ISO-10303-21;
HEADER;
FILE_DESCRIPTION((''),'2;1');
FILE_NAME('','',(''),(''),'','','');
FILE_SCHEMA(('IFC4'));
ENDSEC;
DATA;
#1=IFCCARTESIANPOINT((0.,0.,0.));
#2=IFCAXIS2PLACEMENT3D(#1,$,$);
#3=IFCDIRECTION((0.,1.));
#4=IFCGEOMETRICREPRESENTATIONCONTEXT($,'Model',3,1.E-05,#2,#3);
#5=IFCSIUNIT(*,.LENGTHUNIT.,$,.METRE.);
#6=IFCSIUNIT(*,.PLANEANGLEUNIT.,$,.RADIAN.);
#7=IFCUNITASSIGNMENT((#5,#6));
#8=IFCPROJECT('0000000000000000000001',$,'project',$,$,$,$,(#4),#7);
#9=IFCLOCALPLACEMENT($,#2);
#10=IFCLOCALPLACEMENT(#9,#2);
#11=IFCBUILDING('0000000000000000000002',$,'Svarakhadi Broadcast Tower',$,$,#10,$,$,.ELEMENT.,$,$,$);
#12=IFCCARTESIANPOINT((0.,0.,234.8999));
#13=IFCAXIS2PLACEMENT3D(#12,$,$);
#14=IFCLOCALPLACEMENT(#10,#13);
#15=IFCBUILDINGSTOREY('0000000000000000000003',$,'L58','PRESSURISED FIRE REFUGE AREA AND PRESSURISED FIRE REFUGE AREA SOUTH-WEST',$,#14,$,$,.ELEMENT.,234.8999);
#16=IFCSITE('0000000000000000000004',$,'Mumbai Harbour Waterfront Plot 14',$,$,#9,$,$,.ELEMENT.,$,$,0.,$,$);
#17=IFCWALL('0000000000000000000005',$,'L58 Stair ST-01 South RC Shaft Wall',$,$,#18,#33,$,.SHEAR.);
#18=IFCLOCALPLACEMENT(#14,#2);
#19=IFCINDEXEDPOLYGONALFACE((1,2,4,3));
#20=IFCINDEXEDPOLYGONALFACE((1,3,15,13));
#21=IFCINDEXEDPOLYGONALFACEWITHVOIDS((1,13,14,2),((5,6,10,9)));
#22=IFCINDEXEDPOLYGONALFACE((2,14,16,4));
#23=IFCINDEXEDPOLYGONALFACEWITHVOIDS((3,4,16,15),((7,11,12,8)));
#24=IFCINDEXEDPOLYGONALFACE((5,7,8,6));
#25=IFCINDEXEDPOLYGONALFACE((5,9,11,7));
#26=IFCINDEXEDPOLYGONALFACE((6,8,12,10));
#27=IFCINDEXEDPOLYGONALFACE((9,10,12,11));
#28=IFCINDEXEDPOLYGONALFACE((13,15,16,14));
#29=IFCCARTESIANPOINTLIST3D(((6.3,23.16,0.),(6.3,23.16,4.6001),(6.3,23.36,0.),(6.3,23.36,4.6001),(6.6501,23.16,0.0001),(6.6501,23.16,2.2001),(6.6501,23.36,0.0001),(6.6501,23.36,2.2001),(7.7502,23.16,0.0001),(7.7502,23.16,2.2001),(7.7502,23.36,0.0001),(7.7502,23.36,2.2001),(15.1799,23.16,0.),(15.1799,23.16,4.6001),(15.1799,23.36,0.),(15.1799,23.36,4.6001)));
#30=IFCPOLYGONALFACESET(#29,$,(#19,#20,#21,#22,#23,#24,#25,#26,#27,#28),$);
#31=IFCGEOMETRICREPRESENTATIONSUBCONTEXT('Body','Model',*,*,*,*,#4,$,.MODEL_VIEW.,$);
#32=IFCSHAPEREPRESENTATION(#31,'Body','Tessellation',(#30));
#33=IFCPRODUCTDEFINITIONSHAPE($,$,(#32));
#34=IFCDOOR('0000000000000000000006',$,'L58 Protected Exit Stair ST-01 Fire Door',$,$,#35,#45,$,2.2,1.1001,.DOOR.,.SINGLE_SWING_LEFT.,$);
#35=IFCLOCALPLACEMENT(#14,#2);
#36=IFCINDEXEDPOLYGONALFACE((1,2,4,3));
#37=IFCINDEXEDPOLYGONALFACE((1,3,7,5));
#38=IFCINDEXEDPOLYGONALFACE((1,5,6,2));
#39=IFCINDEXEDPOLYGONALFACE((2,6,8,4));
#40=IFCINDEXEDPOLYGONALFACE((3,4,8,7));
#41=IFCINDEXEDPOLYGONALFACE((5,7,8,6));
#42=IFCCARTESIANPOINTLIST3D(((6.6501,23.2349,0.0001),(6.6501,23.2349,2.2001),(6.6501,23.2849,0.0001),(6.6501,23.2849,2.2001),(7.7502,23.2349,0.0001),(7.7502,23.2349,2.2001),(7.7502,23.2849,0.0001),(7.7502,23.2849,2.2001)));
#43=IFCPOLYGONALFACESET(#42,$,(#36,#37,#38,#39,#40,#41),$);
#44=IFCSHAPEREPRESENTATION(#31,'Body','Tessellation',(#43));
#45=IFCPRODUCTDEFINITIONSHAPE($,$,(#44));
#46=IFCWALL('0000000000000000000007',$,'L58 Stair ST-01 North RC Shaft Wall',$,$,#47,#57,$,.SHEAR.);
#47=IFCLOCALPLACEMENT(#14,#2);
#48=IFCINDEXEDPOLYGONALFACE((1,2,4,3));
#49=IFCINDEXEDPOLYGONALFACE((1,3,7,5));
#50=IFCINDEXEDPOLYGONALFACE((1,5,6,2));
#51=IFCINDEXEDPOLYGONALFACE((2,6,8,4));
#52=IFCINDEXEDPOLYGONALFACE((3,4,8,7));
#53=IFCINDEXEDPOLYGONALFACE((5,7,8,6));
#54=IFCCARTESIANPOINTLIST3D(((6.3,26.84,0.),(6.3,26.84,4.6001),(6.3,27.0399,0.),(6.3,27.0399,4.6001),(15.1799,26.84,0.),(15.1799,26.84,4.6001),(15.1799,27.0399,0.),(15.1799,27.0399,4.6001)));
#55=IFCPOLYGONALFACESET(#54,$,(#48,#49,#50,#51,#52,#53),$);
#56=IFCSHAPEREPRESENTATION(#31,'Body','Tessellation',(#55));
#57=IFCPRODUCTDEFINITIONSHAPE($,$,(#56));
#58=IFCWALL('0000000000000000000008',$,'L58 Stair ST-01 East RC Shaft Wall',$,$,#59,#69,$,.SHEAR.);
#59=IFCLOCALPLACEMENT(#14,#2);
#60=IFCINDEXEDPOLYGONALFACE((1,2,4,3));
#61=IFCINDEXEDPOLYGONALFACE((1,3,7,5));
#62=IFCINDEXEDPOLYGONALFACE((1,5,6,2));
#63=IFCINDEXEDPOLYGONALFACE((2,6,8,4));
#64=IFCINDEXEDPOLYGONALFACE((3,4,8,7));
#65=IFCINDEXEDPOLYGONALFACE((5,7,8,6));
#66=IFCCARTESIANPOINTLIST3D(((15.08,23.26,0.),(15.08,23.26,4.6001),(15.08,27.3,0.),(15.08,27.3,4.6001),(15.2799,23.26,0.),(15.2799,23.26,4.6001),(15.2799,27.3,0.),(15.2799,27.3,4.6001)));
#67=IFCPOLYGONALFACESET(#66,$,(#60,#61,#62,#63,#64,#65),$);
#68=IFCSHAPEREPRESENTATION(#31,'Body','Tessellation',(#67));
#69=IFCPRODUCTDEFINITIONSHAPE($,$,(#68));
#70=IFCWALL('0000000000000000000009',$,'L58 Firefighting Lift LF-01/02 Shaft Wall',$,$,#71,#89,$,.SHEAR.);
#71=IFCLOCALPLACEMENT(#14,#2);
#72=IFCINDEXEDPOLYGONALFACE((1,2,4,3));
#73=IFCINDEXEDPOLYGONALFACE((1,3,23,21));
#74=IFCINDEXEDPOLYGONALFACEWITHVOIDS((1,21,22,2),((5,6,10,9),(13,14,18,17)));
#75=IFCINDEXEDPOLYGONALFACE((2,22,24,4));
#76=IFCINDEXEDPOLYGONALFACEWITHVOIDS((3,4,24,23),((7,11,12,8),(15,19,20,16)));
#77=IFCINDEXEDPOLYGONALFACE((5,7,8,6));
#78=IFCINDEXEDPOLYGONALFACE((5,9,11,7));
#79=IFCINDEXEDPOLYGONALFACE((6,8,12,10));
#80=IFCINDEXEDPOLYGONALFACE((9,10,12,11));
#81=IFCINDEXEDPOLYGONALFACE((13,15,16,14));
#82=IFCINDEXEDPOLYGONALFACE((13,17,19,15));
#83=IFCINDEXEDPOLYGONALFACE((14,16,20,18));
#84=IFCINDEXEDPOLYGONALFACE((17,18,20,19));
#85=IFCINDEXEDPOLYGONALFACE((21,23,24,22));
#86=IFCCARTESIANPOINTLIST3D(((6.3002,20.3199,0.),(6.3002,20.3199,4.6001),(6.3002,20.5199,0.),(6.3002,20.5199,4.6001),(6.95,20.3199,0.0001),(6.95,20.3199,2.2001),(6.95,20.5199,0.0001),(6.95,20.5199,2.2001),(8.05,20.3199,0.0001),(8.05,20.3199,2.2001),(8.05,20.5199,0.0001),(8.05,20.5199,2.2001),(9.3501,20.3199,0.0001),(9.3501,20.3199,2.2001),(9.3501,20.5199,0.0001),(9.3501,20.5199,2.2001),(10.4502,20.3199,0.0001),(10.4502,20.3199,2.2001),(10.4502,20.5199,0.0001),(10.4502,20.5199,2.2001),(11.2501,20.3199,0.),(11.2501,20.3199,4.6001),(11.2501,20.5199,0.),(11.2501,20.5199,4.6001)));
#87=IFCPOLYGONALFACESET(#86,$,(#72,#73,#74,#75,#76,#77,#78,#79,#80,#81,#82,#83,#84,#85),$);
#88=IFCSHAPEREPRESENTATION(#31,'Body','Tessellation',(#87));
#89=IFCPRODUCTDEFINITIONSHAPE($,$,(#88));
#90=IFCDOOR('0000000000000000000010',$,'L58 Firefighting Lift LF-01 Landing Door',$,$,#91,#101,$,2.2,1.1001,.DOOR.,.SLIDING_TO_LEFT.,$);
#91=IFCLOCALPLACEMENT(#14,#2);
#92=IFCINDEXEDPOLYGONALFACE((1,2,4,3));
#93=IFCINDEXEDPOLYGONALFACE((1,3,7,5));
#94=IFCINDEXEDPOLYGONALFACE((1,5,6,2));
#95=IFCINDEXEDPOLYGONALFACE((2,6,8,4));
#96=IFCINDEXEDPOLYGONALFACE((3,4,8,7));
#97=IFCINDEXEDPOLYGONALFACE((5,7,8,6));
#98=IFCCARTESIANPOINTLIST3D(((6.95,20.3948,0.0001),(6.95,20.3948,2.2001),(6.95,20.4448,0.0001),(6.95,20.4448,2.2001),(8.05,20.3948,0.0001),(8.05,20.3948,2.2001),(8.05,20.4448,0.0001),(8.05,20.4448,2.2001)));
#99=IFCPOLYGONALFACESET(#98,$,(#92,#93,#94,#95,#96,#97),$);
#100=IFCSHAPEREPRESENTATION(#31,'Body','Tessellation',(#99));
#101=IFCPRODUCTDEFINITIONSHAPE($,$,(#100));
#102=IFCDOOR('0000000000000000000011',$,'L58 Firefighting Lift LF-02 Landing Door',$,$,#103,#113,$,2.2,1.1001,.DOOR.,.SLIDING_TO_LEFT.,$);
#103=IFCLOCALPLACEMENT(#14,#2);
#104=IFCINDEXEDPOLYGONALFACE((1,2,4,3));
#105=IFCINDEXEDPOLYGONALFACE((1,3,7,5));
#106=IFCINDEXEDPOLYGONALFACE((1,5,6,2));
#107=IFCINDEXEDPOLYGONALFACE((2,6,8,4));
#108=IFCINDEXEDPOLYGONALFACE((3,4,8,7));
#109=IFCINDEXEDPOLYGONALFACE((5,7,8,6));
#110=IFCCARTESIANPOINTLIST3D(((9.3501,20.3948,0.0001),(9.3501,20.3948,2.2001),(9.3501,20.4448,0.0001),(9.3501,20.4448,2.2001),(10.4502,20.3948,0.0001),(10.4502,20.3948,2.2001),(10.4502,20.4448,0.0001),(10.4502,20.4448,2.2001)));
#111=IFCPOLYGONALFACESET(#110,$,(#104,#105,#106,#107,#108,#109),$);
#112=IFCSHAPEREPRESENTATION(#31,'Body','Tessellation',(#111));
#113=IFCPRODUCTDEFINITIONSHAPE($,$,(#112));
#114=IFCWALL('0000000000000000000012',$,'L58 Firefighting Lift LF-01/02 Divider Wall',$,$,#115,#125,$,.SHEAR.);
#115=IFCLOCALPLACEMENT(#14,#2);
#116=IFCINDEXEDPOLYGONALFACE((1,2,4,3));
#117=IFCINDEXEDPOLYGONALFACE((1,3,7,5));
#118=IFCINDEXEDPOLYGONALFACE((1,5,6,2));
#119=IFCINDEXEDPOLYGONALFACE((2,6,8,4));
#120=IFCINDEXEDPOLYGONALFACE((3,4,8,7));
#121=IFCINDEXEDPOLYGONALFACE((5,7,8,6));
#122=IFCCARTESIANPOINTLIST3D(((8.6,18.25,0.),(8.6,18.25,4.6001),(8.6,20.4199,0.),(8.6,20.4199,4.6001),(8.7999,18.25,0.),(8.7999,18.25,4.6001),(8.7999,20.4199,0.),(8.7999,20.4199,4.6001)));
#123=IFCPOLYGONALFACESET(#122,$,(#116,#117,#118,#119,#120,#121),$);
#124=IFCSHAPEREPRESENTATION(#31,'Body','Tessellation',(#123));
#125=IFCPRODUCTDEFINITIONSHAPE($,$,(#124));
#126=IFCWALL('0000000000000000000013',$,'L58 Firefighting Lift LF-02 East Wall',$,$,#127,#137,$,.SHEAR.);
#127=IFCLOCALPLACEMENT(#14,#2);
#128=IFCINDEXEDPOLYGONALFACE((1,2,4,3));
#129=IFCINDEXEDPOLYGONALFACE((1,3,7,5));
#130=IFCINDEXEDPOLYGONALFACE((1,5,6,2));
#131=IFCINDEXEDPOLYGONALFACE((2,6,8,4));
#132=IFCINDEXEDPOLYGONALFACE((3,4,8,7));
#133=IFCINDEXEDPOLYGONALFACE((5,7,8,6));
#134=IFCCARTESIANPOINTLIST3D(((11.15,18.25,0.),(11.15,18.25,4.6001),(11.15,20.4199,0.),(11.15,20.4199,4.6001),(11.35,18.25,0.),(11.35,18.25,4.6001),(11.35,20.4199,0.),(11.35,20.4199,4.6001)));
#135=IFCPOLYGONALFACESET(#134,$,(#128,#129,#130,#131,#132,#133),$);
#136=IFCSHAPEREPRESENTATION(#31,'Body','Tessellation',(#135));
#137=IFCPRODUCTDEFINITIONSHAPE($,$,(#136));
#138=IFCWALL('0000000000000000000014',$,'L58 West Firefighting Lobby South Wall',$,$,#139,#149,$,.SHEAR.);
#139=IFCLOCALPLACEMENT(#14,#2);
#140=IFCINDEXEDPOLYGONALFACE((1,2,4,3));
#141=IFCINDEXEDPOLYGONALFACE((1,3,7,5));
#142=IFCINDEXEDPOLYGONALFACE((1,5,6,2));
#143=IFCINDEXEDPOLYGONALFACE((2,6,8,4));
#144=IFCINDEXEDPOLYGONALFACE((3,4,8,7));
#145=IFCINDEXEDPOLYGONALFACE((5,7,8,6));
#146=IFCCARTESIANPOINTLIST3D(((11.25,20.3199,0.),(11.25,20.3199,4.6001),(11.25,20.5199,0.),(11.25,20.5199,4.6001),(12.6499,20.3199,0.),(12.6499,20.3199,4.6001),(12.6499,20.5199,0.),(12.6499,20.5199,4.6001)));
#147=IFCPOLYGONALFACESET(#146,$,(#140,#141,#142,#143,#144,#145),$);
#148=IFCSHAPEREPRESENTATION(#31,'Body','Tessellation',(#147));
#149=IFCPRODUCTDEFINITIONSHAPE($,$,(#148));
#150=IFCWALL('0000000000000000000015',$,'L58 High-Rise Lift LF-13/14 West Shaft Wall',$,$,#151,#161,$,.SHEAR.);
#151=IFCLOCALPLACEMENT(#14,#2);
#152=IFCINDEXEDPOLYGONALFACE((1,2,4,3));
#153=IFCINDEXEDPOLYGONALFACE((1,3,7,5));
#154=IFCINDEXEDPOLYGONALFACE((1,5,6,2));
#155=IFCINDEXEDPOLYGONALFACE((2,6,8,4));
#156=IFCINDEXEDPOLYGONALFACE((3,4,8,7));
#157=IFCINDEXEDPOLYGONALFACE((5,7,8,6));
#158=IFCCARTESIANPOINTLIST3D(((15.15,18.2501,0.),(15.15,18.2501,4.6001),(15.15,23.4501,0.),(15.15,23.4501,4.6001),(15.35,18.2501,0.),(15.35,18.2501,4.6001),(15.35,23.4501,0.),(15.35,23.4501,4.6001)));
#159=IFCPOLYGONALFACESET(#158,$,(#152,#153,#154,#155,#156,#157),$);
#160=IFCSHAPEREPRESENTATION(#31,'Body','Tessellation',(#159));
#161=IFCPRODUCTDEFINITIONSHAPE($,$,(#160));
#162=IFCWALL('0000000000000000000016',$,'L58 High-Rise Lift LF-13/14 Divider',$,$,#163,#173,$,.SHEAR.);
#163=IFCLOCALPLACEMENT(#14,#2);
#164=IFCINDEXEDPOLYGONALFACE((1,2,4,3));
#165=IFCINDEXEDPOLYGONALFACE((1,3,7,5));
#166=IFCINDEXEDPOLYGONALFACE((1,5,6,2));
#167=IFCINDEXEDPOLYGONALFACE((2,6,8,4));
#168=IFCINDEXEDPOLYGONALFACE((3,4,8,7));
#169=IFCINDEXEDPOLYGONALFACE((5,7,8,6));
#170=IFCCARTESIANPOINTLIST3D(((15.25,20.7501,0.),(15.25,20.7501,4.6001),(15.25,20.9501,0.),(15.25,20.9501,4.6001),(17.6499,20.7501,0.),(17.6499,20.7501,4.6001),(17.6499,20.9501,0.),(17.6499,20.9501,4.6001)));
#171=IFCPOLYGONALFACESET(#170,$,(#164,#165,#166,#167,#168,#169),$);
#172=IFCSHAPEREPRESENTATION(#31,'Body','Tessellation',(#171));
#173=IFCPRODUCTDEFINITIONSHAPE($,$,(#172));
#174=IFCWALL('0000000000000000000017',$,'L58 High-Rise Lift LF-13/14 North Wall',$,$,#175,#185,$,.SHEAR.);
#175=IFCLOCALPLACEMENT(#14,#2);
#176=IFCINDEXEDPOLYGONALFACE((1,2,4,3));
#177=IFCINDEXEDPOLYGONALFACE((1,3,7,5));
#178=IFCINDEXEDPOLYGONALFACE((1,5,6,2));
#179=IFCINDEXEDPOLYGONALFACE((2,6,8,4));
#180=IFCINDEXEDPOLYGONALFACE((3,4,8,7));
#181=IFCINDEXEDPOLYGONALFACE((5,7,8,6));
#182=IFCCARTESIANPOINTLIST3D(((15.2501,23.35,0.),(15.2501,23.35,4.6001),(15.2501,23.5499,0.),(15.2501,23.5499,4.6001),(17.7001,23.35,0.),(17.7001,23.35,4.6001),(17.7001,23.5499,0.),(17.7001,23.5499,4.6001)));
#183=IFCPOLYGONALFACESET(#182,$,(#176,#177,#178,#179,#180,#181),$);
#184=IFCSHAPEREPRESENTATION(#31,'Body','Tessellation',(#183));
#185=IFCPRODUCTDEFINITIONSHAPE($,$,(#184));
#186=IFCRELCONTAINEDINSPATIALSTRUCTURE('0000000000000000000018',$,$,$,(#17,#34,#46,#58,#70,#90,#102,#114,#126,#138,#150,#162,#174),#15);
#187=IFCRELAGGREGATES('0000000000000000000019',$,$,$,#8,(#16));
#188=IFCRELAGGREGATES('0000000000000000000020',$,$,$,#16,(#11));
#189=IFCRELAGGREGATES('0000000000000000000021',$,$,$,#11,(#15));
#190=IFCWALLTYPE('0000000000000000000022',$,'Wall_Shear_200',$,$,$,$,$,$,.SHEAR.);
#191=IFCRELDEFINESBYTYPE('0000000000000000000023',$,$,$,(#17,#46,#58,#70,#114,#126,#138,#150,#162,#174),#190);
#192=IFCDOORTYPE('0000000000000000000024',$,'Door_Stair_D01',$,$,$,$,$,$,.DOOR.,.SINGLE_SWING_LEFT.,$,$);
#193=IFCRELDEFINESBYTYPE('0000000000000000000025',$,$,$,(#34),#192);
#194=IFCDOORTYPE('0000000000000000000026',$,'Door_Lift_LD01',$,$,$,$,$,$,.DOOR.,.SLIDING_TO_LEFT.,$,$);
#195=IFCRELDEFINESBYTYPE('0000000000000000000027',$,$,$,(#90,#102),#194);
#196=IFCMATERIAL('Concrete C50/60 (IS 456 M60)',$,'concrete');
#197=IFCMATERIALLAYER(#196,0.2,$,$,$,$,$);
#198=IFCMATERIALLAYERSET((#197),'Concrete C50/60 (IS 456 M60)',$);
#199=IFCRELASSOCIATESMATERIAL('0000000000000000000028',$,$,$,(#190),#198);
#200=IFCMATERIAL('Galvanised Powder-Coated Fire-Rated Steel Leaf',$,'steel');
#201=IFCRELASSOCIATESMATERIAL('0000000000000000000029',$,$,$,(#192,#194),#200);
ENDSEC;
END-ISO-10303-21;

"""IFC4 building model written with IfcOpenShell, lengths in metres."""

from ifc_helpers import new_model, si_unit, direction, frame, frame_2d, origin, place, context, subcontext, project, spatial, rectangle, extrude, material, layer, layer_set, type_object, element, fill, save


model = new_model("IFC4")

# Units and contexts
model_context = context("Model", 3, precision=1e-05, world=origin(), true_north=direction((0.0, 1.0)))
body_context = subcontext(model_context, "Body", "Model", "MODEL_VIEW")
ifc_project = project(units=[si_unit("LENGTHUNIT", "METRE"), si_unit("PLANEANGLEUNIT", "RADIAN")], contexts=[model_context])

# Site, building, storey
site_placement = place(None, origin())
site = spatial("IfcSite", under=ifc_project, at=site_placement, Name="Mumbai Harbour Waterfront Plot 14", CompositionType="ELEMENT", RefElevation=0.0)
building_placement = place(site_placement, origin())
building = spatial("IfcBuilding", under=site, at=building_placement, Name="Svarakhadi Broadcast Tower", CompositionType="ELEMENT")
storey_placement = place(building_placement, frame((0.0, 0.0, 234.8999)))
storey = spatial("IfcBuildingStorey", under=building, at=storey_placement, Name="L58", Description="PRESSURISED FIRE REFUGE AREA AND PRESSURISED FIRE REFUGE AREA SOUTH-WEST", CompositionType="ELEMENT", Elevation=234.8999)

# Shared definitions
ifc_material_1 = material(Name="Concrete C50/60 (IS 456 M60)", Category="concrete")

# Wall, opening, door
ifc_layer_1 = layer(ifc_material_1, 0.2)
ifc_layer_set_1 = layer_set([ifc_layer_1], Name="Concrete C50/60 (IS 456 M60)")
wall_type_1 = type_object("IfcWallType", Name="Wall_Shear_200", PredefinedType="SHEAR", material=ifc_layer_set_1)
wall_1_placement = place(storey_placement, frame((6.3, 23.26, 0.0), z_axis=(0.0, 0.0, 1.0), x_axis=(1.0, 0.0, 0.0)))
wall_1 = element("IfcWall", 1, at=wall_1_placement, inside=storey, type_object=wall_type_1, Name="L58 Stair ST-01 South RC Shaft Wall", PredefinedType="SHEAR", context=body_context, shape_type="SweptSolid", body=[
    extrude(rectangle(XDim=8.8799, YDim=0.2, at=frame_2d((4.4399, 0.0))), origin(), (0.0, 0.0, 1.0), 4.6001),
])
opening_1_placement = place(wall_1_placement, frame((0.3501, 0.0, 0.0)))
opening_1 = element("IfcOpeningElement", 2, at=opening_1_placement, cuts=wall_1, PredefinedType="OPENING", context=body_context, shape_type="SweptSolid", body=[
    extrude(rectangle(XDim=1.1001, YDim=2.2, at=frame_2d((0.55, 1.1001))), frame((0.0, 0.1099, 0.0), z_axis=(0.0, -1.0, 0.0), x_axis=(1.0, 0.0, 0.0)), (0.0, 0.0, 1.0), 0.22),
])
ifc_material_2 = material(Name="Galvanised Powder-Coated Fire-Rated Steel Leaf", Category="steel")
door_type_1 = type_object("IfcDoorType", Name="Door_Stair_D01", OperationType="SINGLE_SWING_LEFT", PredefinedType="DOOR", material=ifc_material_2)
door_1_placement = place(opening_1_placement, origin())
door_1 = element("IfcDoor", 3, at=door_1_placement, inside=storey, type_object=door_type_1, Name="L58 Protected Exit Stair ST-01 Fire Door", OperationType="SINGLE_SWING_LEFT", OverallHeight=2.2, OverallWidth=1.1001, PredefinedType="DOOR", context=body_context, shape_type="SweptSolid", body=[
    extrude(rectangle(XDim=1.1001, YDim=2.2, at=frame_2d((0.55, 1.1001))), frame((0.0, 0.0249, 0.0), z_axis=(0.0, -1.0, 0.0), x_axis=(1.0, 0.0, 0.0)), (0.0, 0.0, 1.0), 0.05),
])
fill(opening_1, door_1)

# Walls
wall_2_placement = place(storey_placement, frame((6.3, 26.9399, 0.0), z_axis=(0.0, 0.0, 1.0), x_axis=(1.0, 0.0, 0.0)))
element("IfcWall", 4, at=wall_2_placement, inside=storey, type_object=wall_type_1, Name="L58 Stair ST-01 North RC Shaft Wall", PredefinedType="SHEAR", context=body_context, shape_type="SweptSolid", body=[
    extrude(rectangle(XDim=8.8799, YDim=0.2, at=frame_2d((4.4399, 0.0))), origin(), (0.0, 0.0, 1.0), 4.6001),
])
wall_3_placement = place(storey_placement, frame((15.1799, 23.26, 0.0), z_axis=(0.0, 0.0, 1.0), x_axis=(0.0, 1.0, 0.0)))
element("IfcWall", 5, at=wall_3_placement, inside=storey, type_object=wall_type_1, Name="L58 Stair ST-01 East RC Shaft Wall", PredefinedType="SHEAR", context=body_context, shape_type="SweptSolid", body=[
    extrude(rectangle(XDim=4.04, YDim=0.2, at=frame_2d((2.02, 0.0))), origin(), (0.0, 0.0, 1.0), 4.6001),
])

# Wall, openings, doors
wall_4_placement = place(storey_placement, frame((6.3, 20.4199, 0.0), z_axis=(0.0, 0.0, 1.0), x_axis=(1.0, 0.0, 0.0)))
wall_4 = element("IfcWall", 6, at=wall_4_placement, inside=storey, type_object=wall_type_1, Name="L58 Firefighting Lift LF-01/02 Shaft Wall", PredefinedType="SHEAR", context=body_context, shape_type="SweptSolid", body=[
    extrude(rectangle(XDim=4.95, YDim=0.2, at=frame_2d((2.4751, 0.0))), origin(), (0.0, 0.0, 1.0), 4.6001),
])
opening_2_placement = place(wall_4_placement, frame((0.6499, 0.0, 0.0)))
opening_2 = element("IfcOpeningElement", 7, at=opening_2_placement, cuts=wall_4, PredefinedType="OPENING", context=body_context, shape_type="SweptSolid", body=[
    extrude(rectangle(XDim=1.1001, YDim=2.2, at=frame_2d((0.55, 1.1001))), frame((0.0, 0.1099, 0.0), z_axis=(0.0, -1.0, 0.0), x_axis=(1.0, 0.0, 0.0)), (0.0, 0.0, 1.0), 0.22),
])
opening_3_placement = place(wall_4_placement, frame((3.05, 0.0, 0.0)))
opening_3 = element("IfcOpeningElement", 8, at=opening_3_placement, cuts=wall_4, PredefinedType="OPENING", context=body_context, shape_type="SweptSolid", body=[
    extrude(rectangle(XDim=1.1001, YDim=2.2, at=frame_2d((0.55, 1.1001))), frame((0.0, 0.1099, 0.0), z_axis=(0.0, -1.0, 0.0), x_axis=(1.0, 0.0, 0.0)), (0.0, 0.0, 1.0), 0.22),
])
door_type_2 = type_object("IfcDoorType", Name="Door_Lift_LD01", OperationType="SLIDING_TO_LEFT", PredefinedType="DOOR", material=ifc_material_2)
door_2_placement = place(opening_2_placement, origin())
door_2 = element("IfcDoor", 9, at=door_2_placement, inside=storey, type_object=door_type_2, Name="L58 Firefighting Lift LF-01 Landing Door", OperationType="SLIDING_TO_LEFT", OverallHeight=2.2, OverallWidth=1.1001, PredefinedType="DOOR", context=body_context, shape_type="SweptSolid", body=[
    extrude(rectangle(XDim=1.1001, YDim=2.2, at=frame_2d((0.55, 1.1001))), frame((0.0, 0.0249, 0.0), z_axis=(0.0, -1.0, 0.0), x_axis=(1.0, 0.0, 0.0)), (0.0, 0.0, 1.0), 0.05),
])
fill(opening_2, door_2)
door_3_placement = place(opening_3_placement, origin())
door_3 = element("IfcDoor", 10, at=door_3_placement, inside=storey, type_object=door_type_2, Name="L58 Firefighting Lift LF-02 Landing Door", OperationType="SLIDING_TO_LEFT", OverallHeight=2.2, OverallWidth=1.1001, PredefinedType="DOOR", context=body_context, shape_type="SweptSolid", body=[
    extrude(rectangle(XDim=1.1001, YDim=2.2, at=frame_2d((0.55, 1.1001))), frame((0.0, 0.0249, 0.0), z_axis=(0.0, -1.0, 0.0), x_axis=(1.0, 0.0, 0.0)), (0.0, 0.0, 1.0), 0.05),
])
fill(opening_3, door_3)

# Walls
for number, where, z_axis, x_axis, name in (
    (11, (8.7, 18.25, 0.0), (0.0, 0.0, 1.0), (0.0, 1.0, 0.0), "L58 Firefighting Lift LF-01/02 Divider Wall"),
    (12, (11.25, 18.25, 0.0), (0.0, 0.0, 1.0), (0.0, 1.0, 0.0), "L58 Firefighting Lift LF-02 East Wall"),
):
    element("IfcWall", number, at=place(storey_placement, frame(where, z_axis=z_axis, x_axis=x_axis)), inside=storey, type_object=wall_type_1, Name=name, PredefinedType="SHEAR", context=body_context, shape_type="SweptSolid", body=[
        extrude(rectangle(XDim=2.1699, YDim=0.2, at=frame_2d((1.085, 0.0))), origin(), (0.0, 0.0, 1.0), 4.6001),
    ])
wall_5_placement = place(storey_placement, frame((11.25, 20.4199, 0.0), z_axis=(0.0, 0.0, 1.0), x_axis=(1.0, 0.0, 0.0)))
element("IfcWall", 13, at=wall_5_placement, inside=storey, type_object=wall_type_1, Name="L58 West Firefighting Lobby South Wall", PredefinedType="SHEAR", context=body_context, shape_type="SweptSolid", body=[
    extrude(rectangle(XDim=1.3999, YDim=0.2, at=frame_2d((0.7, 0.0))), origin(), (0.0, 0.0, 1.0), 4.6001),
])

# Walls
wall_6_placement = place(storey_placement, frame((15.25, 18.25, 0.0), z_axis=(0.0, 0.0, 1.0), x_axis=(0.0, 1.0, 0.0)))
element("IfcWall", 14, at=wall_6_placement, inside=storey, type_object=wall_type_1, Name="L58 High-Rise Lift LF-13/14 West Shaft Wall", PredefinedType="SHEAR", context=body_context, shape_type="SweptSolid", body=[
    extrude(rectangle(XDim=5.2, YDim=0.2, at=frame_2d((2.6001, 0.0))), origin(), (0.0, 0.0, 1.0), 4.6001),
])
wall_7_placement = place(storey_placement, frame((15.25, 20.8501, 0.0), z_axis=(0.0, 0.0, 1.0), x_axis=(1.0, 0.0, 0.0)))
element("IfcWall", 15, at=wall_7_placement, inside=storey, type_object=wall_type_1, Name="L58 High-Rise Lift LF-13/14 Divider", PredefinedType="SHEAR", context=body_context, shape_type="SweptSolid", body=[
    extrude(rectangle(XDim=2.3999, YDim=0.2, at=frame_2d((1.2, 0.0))), origin(), (0.0, 0.0, 1.0), 4.6001),
])
wall_8_placement = place(storey_placement, frame((15.25, 23.45, 0.0), z_axis=(0.0, 0.0, 1.0), x_axis=(1.0, 0.0, 0.0)))
element("IfcWall", 16, at=wall_8_placement, inside=storey, type_object=wall_type_1, Name="L58 High-Rise Lift LF-13/14 North Wall", PredefinedType="SHEAR", context=body_context, shape_type="SweptSolid", body=[
    extrude(rectangle(XDim=2.45, YDim=0.2, at=frame_2d((1.2251, 0.0))), origin(), (0.0, 0.0, 1.0), 4.6001),
])

save(model, "model.ifc")
